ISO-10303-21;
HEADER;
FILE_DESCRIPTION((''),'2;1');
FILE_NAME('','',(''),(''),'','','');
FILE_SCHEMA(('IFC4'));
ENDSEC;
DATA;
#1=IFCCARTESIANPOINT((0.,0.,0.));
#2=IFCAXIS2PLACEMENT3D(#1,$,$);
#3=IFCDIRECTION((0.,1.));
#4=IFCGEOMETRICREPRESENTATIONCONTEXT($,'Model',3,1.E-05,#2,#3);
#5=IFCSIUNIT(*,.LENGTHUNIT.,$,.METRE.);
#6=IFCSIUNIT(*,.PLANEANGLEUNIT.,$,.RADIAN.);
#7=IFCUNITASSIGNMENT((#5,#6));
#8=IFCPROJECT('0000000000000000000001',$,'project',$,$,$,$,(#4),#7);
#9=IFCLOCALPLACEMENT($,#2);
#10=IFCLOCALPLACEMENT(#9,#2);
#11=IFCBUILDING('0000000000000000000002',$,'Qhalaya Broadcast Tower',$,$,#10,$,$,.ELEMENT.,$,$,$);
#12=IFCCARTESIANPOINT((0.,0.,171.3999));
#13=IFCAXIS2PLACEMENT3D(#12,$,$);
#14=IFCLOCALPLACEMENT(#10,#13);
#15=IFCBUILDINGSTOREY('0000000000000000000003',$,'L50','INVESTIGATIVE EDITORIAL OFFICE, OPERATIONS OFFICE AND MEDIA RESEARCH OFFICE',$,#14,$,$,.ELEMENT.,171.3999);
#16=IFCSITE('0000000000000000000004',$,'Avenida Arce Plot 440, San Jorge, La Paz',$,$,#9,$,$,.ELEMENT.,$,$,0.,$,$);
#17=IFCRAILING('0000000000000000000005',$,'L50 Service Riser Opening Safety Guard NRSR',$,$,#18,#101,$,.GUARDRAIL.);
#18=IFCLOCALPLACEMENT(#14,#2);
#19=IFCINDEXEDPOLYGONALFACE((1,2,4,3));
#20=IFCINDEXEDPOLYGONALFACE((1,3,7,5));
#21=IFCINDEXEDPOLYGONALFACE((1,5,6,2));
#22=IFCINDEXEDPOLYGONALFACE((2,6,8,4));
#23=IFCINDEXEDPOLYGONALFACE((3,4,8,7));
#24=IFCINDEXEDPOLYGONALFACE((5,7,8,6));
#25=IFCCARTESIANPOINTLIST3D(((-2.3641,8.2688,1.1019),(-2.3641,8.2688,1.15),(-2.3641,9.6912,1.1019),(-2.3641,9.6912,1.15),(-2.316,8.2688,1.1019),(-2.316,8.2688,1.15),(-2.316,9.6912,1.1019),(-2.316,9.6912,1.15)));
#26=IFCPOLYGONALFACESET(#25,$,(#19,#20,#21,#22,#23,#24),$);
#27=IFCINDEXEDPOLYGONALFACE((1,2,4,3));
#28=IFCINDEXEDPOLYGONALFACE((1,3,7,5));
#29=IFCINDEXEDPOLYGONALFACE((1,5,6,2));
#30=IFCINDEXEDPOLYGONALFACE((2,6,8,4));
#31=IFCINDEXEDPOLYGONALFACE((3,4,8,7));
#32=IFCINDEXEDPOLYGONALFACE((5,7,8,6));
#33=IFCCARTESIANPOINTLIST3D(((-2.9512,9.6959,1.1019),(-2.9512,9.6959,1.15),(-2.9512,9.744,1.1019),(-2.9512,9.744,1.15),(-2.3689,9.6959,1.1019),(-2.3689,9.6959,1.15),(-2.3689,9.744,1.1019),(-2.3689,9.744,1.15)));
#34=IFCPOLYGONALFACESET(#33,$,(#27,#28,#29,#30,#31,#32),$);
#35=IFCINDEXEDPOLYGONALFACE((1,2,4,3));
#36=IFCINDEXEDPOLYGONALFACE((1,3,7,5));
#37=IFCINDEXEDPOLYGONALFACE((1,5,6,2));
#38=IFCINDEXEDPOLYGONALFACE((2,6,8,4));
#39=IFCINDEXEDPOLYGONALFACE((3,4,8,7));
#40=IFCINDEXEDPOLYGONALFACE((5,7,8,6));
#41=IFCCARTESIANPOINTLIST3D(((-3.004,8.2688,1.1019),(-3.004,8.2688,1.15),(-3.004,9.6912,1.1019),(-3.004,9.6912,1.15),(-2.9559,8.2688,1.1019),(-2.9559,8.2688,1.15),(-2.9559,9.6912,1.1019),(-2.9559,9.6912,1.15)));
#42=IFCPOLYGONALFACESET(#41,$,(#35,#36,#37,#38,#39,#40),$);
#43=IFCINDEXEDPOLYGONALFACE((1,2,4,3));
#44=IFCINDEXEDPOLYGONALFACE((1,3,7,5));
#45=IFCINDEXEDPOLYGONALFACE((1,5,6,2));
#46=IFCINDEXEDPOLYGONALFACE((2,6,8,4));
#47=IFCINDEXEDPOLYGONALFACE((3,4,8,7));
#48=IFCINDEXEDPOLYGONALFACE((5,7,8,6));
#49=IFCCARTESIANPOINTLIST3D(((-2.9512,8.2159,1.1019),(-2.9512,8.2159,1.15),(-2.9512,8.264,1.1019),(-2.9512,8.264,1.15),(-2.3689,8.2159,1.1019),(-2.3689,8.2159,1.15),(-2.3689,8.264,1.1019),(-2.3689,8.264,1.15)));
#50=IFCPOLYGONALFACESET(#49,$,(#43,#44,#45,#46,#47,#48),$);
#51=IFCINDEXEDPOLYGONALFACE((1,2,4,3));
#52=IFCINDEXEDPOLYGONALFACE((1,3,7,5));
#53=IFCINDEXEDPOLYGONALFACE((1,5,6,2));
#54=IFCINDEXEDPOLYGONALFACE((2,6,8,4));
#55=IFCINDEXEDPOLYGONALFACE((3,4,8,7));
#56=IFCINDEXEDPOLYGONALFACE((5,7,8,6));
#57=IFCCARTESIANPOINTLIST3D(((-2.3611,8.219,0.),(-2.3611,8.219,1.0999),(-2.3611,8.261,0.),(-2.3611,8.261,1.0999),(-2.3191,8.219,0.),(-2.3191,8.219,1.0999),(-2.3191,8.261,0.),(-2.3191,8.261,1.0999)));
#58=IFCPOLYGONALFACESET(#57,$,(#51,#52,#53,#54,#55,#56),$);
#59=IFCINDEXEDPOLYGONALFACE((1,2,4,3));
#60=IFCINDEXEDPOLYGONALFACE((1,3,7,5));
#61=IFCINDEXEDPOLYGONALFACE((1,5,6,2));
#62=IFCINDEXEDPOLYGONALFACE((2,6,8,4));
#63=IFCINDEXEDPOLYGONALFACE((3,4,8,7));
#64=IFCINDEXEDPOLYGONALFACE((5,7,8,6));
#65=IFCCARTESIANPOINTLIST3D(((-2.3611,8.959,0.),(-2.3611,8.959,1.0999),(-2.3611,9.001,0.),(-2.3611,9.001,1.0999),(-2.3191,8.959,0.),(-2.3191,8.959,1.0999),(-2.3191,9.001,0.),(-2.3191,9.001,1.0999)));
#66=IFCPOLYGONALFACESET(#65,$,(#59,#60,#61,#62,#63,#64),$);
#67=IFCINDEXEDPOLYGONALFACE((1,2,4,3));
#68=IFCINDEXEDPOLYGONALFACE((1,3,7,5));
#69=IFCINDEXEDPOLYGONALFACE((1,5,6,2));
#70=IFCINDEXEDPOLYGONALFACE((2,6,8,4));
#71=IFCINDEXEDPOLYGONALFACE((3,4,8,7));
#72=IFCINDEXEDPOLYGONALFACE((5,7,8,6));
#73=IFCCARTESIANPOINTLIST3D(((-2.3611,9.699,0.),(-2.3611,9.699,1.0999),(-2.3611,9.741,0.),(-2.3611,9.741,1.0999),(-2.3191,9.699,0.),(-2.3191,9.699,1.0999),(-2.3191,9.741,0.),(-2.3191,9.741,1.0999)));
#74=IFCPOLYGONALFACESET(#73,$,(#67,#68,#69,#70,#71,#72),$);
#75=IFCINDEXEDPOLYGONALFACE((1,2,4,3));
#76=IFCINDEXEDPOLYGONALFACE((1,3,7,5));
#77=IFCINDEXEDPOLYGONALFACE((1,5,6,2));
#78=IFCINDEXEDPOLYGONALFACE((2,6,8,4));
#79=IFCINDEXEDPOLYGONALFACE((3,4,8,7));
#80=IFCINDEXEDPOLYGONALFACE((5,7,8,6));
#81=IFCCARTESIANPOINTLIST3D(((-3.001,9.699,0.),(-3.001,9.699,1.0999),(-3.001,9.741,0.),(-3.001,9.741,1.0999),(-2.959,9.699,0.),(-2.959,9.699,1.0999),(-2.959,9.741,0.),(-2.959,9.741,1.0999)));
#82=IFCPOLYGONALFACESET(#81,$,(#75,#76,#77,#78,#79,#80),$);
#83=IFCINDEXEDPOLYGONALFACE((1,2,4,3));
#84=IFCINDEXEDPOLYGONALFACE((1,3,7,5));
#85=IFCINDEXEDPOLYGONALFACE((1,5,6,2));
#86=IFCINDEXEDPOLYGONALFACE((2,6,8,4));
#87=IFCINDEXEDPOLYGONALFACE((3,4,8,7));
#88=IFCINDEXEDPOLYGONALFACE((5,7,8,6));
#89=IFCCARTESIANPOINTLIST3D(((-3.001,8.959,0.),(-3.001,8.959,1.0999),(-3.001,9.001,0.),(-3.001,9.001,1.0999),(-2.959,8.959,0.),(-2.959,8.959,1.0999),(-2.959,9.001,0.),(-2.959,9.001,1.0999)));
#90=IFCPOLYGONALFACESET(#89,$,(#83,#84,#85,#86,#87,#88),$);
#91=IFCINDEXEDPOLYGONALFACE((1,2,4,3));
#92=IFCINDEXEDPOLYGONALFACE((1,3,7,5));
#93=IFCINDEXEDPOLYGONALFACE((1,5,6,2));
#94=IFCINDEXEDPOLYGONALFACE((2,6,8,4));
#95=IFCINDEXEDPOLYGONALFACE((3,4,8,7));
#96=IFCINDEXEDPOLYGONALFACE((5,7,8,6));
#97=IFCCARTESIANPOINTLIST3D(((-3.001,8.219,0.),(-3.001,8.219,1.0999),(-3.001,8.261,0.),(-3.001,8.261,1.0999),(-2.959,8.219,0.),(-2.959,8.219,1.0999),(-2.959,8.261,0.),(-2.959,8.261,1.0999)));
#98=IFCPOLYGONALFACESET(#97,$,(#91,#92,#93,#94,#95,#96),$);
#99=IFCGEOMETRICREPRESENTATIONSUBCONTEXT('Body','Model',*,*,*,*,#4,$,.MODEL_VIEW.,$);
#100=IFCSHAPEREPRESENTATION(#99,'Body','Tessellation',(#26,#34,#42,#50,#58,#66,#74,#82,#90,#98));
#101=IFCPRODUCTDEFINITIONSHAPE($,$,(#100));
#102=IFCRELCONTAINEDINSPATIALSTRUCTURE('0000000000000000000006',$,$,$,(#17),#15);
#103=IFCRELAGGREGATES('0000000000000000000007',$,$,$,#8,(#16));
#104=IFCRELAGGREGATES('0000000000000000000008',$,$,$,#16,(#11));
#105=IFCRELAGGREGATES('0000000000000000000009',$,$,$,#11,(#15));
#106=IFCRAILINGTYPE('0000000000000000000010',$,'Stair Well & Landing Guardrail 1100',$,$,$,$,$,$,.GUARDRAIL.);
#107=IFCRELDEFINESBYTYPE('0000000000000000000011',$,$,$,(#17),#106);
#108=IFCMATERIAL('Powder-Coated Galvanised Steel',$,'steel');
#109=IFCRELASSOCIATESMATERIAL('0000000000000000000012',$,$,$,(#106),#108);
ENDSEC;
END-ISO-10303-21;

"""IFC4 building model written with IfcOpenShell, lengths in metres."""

from ifc_helpers import new_model, si_unit, direction, frame, origin, origin_2d, place, context, subcontext, project, spatial, rectangle, extrude, material, type_object, element, save


model = new_model("IFC4")

# Units and contexts
model_context = context("Model", 3, precision=1e-05, world=origin(), true_north=direction((0.0, 1.0)))
body_context = subcontext(model_context, "Body", "Model", "MODEL_VIEW")
ifc_project = project(units=[si_unit("LENGTHUNIT", "METRE"), si_unit("PLANEANGLEUNIT", "RADIAN")], contexts=[model_context])

# Site, building, storey
site_placement = place(None, origin())
site = spatial("IfcSite", under=ifc_project, at=site_placement, Name="Avenida Arce Plot 440, San Jorge, La Paz", CompositionType="ELEMENT", RefElevation=0.0)
building_placement = place(site_placement, origin())
building = spatial("IfcBuilding", under=site, at=building_placement, Name="Qhalaya Broadcast Tower", CompositionType="ELEMENT")
storey_placement = place(building_placement, frame((0.0, 0.0, 171.3999)))
storey = spatial("IfcBuildingStorey", under=building, at=storey_placement, Name="L50", Description="INVESTIGATIVE EDITORIAL OFFICE, OPERATIONS OFFICE AND MEDIA RESEARCH OFFICE", CompositionType="ELEMENT", Elevation=171.3999)

# Railing
ifc_material_1 = material(Name="Powder-Coated Galvanised Steel", Category="steel")
railing_type = type_object("IfcRailingType", Name="Stair Well & Landing Guardrail 1100", PredefinedType="GUARDRAIL", material=ifc_material_1)
railing_placement = place(storey_placement, frame((-2.3401, 8.24, 0.0)))
element("IfcRailing", 1, at=railing_placement, inside=storey, type_object=railing_type, Name="L50 Service Riser Opening Safety Guard NRSR", PredefinedType="GUARDRAIL", context=body_context, shape_type="SweptSolid", body=[
    extrude(rectangle(XDim=0.0481, YDim=0.0481, at=origin_2d()), frame((0.0, 0.0288, 1.126), z_axis=(0.0, 1.0, 0.0), x_axis=(-1.0, 0.0, 0.0)), (0.0, 0.0, 1.0), 1.4224),
    extrude(rectangle(XDim=0.0481, YDim=0.0481, at=origin_2d()), frame((-0.0288, 1.48, 1.126), z_axis=(-1.0, 0.0, 0.0), x_axis=(0.0, -1.0, 0.0)), (0.0, 0.0, 1.0), 0.5823),
    extrude(rectangle(XDim=0.0481, YDim=0.0481, at=origin_2d()), frame((-0.6399, 1.4512, 1.126), z_axis=(0.0, -1.0, 0.0), x_axis=(1.0, 0.0, 0.0)), (0.0, 0.0, 1.0), 1.4224),
    extrude(rectangle(XDim=0.0481, YDim=0.0481, at=origin_2d()), frame((-0.6111, 0.0, 1.126), z_axis=(1.0, 0.0, 0.0), x_axis=(0.0, 1.0, 0.0)), (0.0, 0.0, 1.0), 0.5823),
    extrude(rectangle(XDim=0.042, YDim=0.042, at=origin_2d()), origin(), (0.0, 0.0, 1.0), 1.0999),
    extrude(rectangle(XDim=0.042, YDim=0.042, at=origin_2d()), frame((0.0, 0.74, 0.0)), (0.0, 0.0, 1.0), 1.0999),
    extrude(rectangle(XDim=0.042, YDim=0.042, at=origin_2d()), frame((0.0, 1.48, 0.0)), (0.0, 0.0, 1.0), 1.0999),
    extrude(rectangle(XDim=0.042, YDim=0.042, at=origin_2d()), frame((-0.6399, 1.48, 0.0)), (0.0, 0.0, 1.0), 1.0999),
    extrude(rectangle(XDim=0.042, YDim=0.042, at=origin_2d()), frame((-0.6399, 0.74, 0.0)), (0.0, 0.0, 1.0), 1.0999),
    extrude(rectangle(XDim=0.042, YDim=0.042, at=origin_2d()), frame((-0.6399, 0.0, 0.0)), (0.0, 0.0, 1.0), 1.0999),
])

save(model, "model.ifc")
